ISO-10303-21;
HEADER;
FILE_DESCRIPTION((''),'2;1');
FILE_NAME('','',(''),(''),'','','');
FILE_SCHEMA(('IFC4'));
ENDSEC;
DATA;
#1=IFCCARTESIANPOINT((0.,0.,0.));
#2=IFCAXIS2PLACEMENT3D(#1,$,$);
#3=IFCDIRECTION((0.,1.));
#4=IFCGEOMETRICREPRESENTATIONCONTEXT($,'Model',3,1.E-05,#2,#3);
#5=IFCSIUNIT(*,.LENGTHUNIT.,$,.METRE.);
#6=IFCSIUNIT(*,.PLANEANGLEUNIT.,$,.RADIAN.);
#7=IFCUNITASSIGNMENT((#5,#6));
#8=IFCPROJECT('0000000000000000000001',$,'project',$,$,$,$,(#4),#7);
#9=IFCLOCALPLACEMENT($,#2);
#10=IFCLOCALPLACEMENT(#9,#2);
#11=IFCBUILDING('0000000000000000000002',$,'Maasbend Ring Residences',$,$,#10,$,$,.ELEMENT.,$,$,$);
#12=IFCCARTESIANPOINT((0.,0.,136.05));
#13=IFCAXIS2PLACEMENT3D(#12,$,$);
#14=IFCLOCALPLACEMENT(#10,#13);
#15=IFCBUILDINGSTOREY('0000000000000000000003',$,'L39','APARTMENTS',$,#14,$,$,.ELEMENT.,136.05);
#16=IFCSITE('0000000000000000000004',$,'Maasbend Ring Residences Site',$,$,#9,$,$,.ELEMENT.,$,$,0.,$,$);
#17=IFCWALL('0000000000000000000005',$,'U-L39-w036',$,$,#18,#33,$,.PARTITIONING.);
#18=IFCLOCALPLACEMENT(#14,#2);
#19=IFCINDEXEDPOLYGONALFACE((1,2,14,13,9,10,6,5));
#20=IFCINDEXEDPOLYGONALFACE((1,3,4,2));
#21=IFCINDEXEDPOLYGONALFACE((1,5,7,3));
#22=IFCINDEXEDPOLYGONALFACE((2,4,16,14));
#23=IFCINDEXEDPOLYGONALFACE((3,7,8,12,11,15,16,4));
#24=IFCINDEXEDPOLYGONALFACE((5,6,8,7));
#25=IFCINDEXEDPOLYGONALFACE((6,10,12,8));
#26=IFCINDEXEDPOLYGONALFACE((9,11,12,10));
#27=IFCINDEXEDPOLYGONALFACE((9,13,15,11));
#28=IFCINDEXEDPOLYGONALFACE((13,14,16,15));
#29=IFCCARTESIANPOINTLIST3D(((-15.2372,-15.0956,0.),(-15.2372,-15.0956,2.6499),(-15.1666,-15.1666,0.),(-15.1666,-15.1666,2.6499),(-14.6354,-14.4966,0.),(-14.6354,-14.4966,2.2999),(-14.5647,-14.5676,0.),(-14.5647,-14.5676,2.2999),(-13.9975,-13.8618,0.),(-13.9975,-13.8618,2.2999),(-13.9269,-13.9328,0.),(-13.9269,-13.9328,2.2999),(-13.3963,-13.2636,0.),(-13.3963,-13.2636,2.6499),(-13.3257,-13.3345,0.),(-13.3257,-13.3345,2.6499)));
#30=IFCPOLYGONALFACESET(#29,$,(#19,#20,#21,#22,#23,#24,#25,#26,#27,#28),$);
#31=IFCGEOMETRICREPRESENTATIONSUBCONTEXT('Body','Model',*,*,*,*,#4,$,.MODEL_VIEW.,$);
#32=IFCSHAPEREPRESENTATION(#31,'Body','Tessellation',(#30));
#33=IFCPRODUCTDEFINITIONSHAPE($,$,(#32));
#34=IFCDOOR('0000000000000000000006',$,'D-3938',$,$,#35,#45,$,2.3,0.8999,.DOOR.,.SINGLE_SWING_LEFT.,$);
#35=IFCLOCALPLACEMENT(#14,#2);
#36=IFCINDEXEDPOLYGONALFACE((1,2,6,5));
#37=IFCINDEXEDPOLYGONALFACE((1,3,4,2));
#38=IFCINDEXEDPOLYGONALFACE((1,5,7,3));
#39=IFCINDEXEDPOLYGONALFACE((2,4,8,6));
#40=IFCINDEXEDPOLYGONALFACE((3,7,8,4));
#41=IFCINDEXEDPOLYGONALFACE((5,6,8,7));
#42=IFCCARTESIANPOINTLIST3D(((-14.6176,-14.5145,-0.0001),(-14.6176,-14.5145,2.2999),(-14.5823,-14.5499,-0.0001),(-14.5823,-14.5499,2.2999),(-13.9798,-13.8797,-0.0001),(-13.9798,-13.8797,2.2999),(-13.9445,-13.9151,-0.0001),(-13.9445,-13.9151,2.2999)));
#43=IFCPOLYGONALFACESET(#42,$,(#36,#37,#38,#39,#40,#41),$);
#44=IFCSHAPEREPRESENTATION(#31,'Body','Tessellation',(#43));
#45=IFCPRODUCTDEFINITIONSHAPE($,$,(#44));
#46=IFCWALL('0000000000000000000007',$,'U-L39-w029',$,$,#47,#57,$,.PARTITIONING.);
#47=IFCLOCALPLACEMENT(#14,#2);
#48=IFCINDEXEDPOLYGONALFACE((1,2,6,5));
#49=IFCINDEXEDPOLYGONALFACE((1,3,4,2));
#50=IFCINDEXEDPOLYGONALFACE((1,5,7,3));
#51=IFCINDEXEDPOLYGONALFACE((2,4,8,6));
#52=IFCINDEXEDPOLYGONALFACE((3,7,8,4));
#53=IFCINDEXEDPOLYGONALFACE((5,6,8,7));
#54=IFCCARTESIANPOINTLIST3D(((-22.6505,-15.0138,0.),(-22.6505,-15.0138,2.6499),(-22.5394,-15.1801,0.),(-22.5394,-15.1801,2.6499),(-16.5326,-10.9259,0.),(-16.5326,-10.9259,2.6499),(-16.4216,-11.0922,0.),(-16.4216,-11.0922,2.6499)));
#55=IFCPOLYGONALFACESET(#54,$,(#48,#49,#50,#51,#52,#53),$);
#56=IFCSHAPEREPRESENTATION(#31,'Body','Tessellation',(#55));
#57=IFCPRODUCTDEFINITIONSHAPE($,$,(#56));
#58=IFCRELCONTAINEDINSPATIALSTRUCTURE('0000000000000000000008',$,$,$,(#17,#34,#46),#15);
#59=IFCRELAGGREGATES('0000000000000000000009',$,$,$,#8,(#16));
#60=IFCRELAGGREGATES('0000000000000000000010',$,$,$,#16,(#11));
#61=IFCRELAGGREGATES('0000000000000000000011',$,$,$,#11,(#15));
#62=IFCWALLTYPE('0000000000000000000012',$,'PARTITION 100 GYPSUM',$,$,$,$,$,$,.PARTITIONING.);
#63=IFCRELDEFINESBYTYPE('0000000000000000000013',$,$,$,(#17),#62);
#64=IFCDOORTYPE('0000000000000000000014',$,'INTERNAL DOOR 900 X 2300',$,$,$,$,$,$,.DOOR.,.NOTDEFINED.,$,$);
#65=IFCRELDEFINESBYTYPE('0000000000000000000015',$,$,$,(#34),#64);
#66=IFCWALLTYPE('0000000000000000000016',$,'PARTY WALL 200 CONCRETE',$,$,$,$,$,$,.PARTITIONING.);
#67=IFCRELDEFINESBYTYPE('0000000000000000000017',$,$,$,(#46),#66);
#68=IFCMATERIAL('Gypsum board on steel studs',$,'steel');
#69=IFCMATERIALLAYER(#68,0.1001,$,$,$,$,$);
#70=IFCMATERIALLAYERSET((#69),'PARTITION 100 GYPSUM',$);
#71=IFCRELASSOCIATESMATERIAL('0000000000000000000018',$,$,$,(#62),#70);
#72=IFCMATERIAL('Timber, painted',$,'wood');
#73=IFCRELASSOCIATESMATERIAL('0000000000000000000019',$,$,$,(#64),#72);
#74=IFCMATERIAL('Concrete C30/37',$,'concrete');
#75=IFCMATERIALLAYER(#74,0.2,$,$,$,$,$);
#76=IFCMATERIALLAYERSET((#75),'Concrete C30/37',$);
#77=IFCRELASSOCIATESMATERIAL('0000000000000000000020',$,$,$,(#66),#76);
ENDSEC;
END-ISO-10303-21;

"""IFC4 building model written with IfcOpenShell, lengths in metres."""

from ifc_helpers import new_model, si_unit, direction, frame, frame_2d, origin, place, context, subcontext, project, spatial, rectangle, extrude, material, layer, layer_set, type_object, element, fill, save


model = new_model("IFC4")

# Units and contexts
model_context = context("Model", 3, precision=1e-05, world=origin(), true_north=direction((0.0, 1.0)))
body_context = subcontext(model_context, "Body", "Model", "MODEL_VIEW")
ifc_project = project(units=[si_unit("LENGTHUNIT", "METRE"), si_unit("PLANEANGLEUNIT", "RADIAN")], contexts=[model_context])

# Site, building, storey
site_placement = place(None, origin())
site = spatial("IfcSite", under=ifc_project, at=site_placement, Name="Maasbend Ring Residences Site", CompositionType="ELEMENT", RefElevation=0.0)
building_placement = place(site_placement, origin())
building = spatial("IfcBuilding", under=site, at=building_placement, Name="Maasbend Ring Residences", CompositionType="ELEMENT")
storey_placement = place(building_placement, frame((0.0, 0.0, 136.05)))
storey = spatial("IfcBuildingStorey", under=building, at=storey_placement, Name="L39", Description="APARTMENTS", CompositionType="ELEMENT", Elevation=136.05)

# Shared definitions
ifc_material_1 = material(Name="Gypsum board on steel studs", Category="steel")
ifc_layer_1 = layer(ifc_material_1, 0.1001)
ifc_layer_set_1 = layer_set([ifc_layer_1], Name="PARTITION 100 GYPSUM")
wall_type_1 = type_object("IfcWallType", Name="PARTITION 100 GYPSUM", PredefinedType="PARTITIONING", material=ifc_layer_set_1)

# Wall, opening, door
wall_1_placement = place(storey_placement, frame((-15.2019, -15.1311, 0.0), z_axis=(0.0, 0.0, 1.0), x_axis=(0.708797, 0.705413, 0.0)))
wall_1 = element("IfcWall", 1, at=wall_1_placement, inside=storey, type_object=wall_type_1, Name="U-L39-w036", PredefinedType="PARTITIONING", context=body_context, shape_type="SweptSolid", body=[
    extrude(rectangle(XDim=2.5972, YDim=0.1001, at=frame_2d((1.2986, 0.0))), origin(), (0.0, 0.0, 1.0), 2.6499),
])
opening_1_placement = place(wall_1_placement, frame((0.8491, 0.0, 0.0)))
opening_1 = element("IfcOpeningElement", 2, at=opening_1_placement, cuts=wall_1, PredefinedType="OPENING", context=body_context, shape_type="SweptSolid", body=[
    extrude(rectangle(XDim=0.8999, YDim=2.3, at=frame_2d((0.45, 1.1499))), frame((0.0, 0.0601, 0.0), z_axis=(0.0, -1.0, 0.0), x_axis=(1.0, 0.0, 0.0)), (0.0, 0.0, 1.0), 0.1201),
])
ifc_material_2 = material(Name="Timber, painted", Category="wood")
door_type_1 = type_object("IfcDoorType", Name="INTERNAL DOOR 900 X 2300", OperationType="NOTDEFINED", PredefinedType="DOOR", material=ifc_material_2)
door_1_placement = place(opening_1_placement, origin())
door_1 = element("IfcDoor", 3, at=door_1_placement, inside=storey, type_object=door_type_1, Name="D-3938", OperationType="SINGLE_SWING_LEFT", OverallHeight=2.3, OverallWidth=0.8999, PredefinedType="DOOR", context=body_context, shape_type="SweptSolid", body=[
    extrude(rectangle(XDim=0.8999, YDim=2.3, at=frame_2d((0.45, 1.1499))), frame((0.0, 0.0249, 0.0), z_axis=(0.0, -1.0, 0.0), x_axis=(1.0, 0.0, 0.0)), (0.0, 0.0, 1.0), 0.05),
])
fill(opening_1, door_1)

# Wall
ifc_material_3 = material(Name="Concrete C30/37", Category="concrete")
ifc_layer_2 = layer(ifc_material_3, 0.2)
ifc_layer_set_2 = layer_set([ifc_layer_2], Name="Concrete C30/37")
wall_type_2 = type_object("IfcWallType", Name="PARTY WALL 200 CONCRETE", PredefinedType="PARTITIONING", material=ifc_layer_set_2)
wall_2_placement = place(storey_placement, frame((-22.595, -15.0969, 0.0), z_axis=(0.0, 0.0, 1.0), x_axis=(0.831468, 0.555573, 0.0)))
element("IfcWall", 4, at=wall_2_placement, inside=storey, type_object=wall_type_2, Name="U-L39-w029", PredefinedType="PARTITIONING", context=body_context, shape_type="SweptSolid", body=[
    extrude(rectangle(XDim=7.3579, YDim=0.2, at=frame_2d((3.679, 0.0))), origin(), (0.0, 0.0, 1.0), 2.6499),
])

save(model, "model.ifc")
